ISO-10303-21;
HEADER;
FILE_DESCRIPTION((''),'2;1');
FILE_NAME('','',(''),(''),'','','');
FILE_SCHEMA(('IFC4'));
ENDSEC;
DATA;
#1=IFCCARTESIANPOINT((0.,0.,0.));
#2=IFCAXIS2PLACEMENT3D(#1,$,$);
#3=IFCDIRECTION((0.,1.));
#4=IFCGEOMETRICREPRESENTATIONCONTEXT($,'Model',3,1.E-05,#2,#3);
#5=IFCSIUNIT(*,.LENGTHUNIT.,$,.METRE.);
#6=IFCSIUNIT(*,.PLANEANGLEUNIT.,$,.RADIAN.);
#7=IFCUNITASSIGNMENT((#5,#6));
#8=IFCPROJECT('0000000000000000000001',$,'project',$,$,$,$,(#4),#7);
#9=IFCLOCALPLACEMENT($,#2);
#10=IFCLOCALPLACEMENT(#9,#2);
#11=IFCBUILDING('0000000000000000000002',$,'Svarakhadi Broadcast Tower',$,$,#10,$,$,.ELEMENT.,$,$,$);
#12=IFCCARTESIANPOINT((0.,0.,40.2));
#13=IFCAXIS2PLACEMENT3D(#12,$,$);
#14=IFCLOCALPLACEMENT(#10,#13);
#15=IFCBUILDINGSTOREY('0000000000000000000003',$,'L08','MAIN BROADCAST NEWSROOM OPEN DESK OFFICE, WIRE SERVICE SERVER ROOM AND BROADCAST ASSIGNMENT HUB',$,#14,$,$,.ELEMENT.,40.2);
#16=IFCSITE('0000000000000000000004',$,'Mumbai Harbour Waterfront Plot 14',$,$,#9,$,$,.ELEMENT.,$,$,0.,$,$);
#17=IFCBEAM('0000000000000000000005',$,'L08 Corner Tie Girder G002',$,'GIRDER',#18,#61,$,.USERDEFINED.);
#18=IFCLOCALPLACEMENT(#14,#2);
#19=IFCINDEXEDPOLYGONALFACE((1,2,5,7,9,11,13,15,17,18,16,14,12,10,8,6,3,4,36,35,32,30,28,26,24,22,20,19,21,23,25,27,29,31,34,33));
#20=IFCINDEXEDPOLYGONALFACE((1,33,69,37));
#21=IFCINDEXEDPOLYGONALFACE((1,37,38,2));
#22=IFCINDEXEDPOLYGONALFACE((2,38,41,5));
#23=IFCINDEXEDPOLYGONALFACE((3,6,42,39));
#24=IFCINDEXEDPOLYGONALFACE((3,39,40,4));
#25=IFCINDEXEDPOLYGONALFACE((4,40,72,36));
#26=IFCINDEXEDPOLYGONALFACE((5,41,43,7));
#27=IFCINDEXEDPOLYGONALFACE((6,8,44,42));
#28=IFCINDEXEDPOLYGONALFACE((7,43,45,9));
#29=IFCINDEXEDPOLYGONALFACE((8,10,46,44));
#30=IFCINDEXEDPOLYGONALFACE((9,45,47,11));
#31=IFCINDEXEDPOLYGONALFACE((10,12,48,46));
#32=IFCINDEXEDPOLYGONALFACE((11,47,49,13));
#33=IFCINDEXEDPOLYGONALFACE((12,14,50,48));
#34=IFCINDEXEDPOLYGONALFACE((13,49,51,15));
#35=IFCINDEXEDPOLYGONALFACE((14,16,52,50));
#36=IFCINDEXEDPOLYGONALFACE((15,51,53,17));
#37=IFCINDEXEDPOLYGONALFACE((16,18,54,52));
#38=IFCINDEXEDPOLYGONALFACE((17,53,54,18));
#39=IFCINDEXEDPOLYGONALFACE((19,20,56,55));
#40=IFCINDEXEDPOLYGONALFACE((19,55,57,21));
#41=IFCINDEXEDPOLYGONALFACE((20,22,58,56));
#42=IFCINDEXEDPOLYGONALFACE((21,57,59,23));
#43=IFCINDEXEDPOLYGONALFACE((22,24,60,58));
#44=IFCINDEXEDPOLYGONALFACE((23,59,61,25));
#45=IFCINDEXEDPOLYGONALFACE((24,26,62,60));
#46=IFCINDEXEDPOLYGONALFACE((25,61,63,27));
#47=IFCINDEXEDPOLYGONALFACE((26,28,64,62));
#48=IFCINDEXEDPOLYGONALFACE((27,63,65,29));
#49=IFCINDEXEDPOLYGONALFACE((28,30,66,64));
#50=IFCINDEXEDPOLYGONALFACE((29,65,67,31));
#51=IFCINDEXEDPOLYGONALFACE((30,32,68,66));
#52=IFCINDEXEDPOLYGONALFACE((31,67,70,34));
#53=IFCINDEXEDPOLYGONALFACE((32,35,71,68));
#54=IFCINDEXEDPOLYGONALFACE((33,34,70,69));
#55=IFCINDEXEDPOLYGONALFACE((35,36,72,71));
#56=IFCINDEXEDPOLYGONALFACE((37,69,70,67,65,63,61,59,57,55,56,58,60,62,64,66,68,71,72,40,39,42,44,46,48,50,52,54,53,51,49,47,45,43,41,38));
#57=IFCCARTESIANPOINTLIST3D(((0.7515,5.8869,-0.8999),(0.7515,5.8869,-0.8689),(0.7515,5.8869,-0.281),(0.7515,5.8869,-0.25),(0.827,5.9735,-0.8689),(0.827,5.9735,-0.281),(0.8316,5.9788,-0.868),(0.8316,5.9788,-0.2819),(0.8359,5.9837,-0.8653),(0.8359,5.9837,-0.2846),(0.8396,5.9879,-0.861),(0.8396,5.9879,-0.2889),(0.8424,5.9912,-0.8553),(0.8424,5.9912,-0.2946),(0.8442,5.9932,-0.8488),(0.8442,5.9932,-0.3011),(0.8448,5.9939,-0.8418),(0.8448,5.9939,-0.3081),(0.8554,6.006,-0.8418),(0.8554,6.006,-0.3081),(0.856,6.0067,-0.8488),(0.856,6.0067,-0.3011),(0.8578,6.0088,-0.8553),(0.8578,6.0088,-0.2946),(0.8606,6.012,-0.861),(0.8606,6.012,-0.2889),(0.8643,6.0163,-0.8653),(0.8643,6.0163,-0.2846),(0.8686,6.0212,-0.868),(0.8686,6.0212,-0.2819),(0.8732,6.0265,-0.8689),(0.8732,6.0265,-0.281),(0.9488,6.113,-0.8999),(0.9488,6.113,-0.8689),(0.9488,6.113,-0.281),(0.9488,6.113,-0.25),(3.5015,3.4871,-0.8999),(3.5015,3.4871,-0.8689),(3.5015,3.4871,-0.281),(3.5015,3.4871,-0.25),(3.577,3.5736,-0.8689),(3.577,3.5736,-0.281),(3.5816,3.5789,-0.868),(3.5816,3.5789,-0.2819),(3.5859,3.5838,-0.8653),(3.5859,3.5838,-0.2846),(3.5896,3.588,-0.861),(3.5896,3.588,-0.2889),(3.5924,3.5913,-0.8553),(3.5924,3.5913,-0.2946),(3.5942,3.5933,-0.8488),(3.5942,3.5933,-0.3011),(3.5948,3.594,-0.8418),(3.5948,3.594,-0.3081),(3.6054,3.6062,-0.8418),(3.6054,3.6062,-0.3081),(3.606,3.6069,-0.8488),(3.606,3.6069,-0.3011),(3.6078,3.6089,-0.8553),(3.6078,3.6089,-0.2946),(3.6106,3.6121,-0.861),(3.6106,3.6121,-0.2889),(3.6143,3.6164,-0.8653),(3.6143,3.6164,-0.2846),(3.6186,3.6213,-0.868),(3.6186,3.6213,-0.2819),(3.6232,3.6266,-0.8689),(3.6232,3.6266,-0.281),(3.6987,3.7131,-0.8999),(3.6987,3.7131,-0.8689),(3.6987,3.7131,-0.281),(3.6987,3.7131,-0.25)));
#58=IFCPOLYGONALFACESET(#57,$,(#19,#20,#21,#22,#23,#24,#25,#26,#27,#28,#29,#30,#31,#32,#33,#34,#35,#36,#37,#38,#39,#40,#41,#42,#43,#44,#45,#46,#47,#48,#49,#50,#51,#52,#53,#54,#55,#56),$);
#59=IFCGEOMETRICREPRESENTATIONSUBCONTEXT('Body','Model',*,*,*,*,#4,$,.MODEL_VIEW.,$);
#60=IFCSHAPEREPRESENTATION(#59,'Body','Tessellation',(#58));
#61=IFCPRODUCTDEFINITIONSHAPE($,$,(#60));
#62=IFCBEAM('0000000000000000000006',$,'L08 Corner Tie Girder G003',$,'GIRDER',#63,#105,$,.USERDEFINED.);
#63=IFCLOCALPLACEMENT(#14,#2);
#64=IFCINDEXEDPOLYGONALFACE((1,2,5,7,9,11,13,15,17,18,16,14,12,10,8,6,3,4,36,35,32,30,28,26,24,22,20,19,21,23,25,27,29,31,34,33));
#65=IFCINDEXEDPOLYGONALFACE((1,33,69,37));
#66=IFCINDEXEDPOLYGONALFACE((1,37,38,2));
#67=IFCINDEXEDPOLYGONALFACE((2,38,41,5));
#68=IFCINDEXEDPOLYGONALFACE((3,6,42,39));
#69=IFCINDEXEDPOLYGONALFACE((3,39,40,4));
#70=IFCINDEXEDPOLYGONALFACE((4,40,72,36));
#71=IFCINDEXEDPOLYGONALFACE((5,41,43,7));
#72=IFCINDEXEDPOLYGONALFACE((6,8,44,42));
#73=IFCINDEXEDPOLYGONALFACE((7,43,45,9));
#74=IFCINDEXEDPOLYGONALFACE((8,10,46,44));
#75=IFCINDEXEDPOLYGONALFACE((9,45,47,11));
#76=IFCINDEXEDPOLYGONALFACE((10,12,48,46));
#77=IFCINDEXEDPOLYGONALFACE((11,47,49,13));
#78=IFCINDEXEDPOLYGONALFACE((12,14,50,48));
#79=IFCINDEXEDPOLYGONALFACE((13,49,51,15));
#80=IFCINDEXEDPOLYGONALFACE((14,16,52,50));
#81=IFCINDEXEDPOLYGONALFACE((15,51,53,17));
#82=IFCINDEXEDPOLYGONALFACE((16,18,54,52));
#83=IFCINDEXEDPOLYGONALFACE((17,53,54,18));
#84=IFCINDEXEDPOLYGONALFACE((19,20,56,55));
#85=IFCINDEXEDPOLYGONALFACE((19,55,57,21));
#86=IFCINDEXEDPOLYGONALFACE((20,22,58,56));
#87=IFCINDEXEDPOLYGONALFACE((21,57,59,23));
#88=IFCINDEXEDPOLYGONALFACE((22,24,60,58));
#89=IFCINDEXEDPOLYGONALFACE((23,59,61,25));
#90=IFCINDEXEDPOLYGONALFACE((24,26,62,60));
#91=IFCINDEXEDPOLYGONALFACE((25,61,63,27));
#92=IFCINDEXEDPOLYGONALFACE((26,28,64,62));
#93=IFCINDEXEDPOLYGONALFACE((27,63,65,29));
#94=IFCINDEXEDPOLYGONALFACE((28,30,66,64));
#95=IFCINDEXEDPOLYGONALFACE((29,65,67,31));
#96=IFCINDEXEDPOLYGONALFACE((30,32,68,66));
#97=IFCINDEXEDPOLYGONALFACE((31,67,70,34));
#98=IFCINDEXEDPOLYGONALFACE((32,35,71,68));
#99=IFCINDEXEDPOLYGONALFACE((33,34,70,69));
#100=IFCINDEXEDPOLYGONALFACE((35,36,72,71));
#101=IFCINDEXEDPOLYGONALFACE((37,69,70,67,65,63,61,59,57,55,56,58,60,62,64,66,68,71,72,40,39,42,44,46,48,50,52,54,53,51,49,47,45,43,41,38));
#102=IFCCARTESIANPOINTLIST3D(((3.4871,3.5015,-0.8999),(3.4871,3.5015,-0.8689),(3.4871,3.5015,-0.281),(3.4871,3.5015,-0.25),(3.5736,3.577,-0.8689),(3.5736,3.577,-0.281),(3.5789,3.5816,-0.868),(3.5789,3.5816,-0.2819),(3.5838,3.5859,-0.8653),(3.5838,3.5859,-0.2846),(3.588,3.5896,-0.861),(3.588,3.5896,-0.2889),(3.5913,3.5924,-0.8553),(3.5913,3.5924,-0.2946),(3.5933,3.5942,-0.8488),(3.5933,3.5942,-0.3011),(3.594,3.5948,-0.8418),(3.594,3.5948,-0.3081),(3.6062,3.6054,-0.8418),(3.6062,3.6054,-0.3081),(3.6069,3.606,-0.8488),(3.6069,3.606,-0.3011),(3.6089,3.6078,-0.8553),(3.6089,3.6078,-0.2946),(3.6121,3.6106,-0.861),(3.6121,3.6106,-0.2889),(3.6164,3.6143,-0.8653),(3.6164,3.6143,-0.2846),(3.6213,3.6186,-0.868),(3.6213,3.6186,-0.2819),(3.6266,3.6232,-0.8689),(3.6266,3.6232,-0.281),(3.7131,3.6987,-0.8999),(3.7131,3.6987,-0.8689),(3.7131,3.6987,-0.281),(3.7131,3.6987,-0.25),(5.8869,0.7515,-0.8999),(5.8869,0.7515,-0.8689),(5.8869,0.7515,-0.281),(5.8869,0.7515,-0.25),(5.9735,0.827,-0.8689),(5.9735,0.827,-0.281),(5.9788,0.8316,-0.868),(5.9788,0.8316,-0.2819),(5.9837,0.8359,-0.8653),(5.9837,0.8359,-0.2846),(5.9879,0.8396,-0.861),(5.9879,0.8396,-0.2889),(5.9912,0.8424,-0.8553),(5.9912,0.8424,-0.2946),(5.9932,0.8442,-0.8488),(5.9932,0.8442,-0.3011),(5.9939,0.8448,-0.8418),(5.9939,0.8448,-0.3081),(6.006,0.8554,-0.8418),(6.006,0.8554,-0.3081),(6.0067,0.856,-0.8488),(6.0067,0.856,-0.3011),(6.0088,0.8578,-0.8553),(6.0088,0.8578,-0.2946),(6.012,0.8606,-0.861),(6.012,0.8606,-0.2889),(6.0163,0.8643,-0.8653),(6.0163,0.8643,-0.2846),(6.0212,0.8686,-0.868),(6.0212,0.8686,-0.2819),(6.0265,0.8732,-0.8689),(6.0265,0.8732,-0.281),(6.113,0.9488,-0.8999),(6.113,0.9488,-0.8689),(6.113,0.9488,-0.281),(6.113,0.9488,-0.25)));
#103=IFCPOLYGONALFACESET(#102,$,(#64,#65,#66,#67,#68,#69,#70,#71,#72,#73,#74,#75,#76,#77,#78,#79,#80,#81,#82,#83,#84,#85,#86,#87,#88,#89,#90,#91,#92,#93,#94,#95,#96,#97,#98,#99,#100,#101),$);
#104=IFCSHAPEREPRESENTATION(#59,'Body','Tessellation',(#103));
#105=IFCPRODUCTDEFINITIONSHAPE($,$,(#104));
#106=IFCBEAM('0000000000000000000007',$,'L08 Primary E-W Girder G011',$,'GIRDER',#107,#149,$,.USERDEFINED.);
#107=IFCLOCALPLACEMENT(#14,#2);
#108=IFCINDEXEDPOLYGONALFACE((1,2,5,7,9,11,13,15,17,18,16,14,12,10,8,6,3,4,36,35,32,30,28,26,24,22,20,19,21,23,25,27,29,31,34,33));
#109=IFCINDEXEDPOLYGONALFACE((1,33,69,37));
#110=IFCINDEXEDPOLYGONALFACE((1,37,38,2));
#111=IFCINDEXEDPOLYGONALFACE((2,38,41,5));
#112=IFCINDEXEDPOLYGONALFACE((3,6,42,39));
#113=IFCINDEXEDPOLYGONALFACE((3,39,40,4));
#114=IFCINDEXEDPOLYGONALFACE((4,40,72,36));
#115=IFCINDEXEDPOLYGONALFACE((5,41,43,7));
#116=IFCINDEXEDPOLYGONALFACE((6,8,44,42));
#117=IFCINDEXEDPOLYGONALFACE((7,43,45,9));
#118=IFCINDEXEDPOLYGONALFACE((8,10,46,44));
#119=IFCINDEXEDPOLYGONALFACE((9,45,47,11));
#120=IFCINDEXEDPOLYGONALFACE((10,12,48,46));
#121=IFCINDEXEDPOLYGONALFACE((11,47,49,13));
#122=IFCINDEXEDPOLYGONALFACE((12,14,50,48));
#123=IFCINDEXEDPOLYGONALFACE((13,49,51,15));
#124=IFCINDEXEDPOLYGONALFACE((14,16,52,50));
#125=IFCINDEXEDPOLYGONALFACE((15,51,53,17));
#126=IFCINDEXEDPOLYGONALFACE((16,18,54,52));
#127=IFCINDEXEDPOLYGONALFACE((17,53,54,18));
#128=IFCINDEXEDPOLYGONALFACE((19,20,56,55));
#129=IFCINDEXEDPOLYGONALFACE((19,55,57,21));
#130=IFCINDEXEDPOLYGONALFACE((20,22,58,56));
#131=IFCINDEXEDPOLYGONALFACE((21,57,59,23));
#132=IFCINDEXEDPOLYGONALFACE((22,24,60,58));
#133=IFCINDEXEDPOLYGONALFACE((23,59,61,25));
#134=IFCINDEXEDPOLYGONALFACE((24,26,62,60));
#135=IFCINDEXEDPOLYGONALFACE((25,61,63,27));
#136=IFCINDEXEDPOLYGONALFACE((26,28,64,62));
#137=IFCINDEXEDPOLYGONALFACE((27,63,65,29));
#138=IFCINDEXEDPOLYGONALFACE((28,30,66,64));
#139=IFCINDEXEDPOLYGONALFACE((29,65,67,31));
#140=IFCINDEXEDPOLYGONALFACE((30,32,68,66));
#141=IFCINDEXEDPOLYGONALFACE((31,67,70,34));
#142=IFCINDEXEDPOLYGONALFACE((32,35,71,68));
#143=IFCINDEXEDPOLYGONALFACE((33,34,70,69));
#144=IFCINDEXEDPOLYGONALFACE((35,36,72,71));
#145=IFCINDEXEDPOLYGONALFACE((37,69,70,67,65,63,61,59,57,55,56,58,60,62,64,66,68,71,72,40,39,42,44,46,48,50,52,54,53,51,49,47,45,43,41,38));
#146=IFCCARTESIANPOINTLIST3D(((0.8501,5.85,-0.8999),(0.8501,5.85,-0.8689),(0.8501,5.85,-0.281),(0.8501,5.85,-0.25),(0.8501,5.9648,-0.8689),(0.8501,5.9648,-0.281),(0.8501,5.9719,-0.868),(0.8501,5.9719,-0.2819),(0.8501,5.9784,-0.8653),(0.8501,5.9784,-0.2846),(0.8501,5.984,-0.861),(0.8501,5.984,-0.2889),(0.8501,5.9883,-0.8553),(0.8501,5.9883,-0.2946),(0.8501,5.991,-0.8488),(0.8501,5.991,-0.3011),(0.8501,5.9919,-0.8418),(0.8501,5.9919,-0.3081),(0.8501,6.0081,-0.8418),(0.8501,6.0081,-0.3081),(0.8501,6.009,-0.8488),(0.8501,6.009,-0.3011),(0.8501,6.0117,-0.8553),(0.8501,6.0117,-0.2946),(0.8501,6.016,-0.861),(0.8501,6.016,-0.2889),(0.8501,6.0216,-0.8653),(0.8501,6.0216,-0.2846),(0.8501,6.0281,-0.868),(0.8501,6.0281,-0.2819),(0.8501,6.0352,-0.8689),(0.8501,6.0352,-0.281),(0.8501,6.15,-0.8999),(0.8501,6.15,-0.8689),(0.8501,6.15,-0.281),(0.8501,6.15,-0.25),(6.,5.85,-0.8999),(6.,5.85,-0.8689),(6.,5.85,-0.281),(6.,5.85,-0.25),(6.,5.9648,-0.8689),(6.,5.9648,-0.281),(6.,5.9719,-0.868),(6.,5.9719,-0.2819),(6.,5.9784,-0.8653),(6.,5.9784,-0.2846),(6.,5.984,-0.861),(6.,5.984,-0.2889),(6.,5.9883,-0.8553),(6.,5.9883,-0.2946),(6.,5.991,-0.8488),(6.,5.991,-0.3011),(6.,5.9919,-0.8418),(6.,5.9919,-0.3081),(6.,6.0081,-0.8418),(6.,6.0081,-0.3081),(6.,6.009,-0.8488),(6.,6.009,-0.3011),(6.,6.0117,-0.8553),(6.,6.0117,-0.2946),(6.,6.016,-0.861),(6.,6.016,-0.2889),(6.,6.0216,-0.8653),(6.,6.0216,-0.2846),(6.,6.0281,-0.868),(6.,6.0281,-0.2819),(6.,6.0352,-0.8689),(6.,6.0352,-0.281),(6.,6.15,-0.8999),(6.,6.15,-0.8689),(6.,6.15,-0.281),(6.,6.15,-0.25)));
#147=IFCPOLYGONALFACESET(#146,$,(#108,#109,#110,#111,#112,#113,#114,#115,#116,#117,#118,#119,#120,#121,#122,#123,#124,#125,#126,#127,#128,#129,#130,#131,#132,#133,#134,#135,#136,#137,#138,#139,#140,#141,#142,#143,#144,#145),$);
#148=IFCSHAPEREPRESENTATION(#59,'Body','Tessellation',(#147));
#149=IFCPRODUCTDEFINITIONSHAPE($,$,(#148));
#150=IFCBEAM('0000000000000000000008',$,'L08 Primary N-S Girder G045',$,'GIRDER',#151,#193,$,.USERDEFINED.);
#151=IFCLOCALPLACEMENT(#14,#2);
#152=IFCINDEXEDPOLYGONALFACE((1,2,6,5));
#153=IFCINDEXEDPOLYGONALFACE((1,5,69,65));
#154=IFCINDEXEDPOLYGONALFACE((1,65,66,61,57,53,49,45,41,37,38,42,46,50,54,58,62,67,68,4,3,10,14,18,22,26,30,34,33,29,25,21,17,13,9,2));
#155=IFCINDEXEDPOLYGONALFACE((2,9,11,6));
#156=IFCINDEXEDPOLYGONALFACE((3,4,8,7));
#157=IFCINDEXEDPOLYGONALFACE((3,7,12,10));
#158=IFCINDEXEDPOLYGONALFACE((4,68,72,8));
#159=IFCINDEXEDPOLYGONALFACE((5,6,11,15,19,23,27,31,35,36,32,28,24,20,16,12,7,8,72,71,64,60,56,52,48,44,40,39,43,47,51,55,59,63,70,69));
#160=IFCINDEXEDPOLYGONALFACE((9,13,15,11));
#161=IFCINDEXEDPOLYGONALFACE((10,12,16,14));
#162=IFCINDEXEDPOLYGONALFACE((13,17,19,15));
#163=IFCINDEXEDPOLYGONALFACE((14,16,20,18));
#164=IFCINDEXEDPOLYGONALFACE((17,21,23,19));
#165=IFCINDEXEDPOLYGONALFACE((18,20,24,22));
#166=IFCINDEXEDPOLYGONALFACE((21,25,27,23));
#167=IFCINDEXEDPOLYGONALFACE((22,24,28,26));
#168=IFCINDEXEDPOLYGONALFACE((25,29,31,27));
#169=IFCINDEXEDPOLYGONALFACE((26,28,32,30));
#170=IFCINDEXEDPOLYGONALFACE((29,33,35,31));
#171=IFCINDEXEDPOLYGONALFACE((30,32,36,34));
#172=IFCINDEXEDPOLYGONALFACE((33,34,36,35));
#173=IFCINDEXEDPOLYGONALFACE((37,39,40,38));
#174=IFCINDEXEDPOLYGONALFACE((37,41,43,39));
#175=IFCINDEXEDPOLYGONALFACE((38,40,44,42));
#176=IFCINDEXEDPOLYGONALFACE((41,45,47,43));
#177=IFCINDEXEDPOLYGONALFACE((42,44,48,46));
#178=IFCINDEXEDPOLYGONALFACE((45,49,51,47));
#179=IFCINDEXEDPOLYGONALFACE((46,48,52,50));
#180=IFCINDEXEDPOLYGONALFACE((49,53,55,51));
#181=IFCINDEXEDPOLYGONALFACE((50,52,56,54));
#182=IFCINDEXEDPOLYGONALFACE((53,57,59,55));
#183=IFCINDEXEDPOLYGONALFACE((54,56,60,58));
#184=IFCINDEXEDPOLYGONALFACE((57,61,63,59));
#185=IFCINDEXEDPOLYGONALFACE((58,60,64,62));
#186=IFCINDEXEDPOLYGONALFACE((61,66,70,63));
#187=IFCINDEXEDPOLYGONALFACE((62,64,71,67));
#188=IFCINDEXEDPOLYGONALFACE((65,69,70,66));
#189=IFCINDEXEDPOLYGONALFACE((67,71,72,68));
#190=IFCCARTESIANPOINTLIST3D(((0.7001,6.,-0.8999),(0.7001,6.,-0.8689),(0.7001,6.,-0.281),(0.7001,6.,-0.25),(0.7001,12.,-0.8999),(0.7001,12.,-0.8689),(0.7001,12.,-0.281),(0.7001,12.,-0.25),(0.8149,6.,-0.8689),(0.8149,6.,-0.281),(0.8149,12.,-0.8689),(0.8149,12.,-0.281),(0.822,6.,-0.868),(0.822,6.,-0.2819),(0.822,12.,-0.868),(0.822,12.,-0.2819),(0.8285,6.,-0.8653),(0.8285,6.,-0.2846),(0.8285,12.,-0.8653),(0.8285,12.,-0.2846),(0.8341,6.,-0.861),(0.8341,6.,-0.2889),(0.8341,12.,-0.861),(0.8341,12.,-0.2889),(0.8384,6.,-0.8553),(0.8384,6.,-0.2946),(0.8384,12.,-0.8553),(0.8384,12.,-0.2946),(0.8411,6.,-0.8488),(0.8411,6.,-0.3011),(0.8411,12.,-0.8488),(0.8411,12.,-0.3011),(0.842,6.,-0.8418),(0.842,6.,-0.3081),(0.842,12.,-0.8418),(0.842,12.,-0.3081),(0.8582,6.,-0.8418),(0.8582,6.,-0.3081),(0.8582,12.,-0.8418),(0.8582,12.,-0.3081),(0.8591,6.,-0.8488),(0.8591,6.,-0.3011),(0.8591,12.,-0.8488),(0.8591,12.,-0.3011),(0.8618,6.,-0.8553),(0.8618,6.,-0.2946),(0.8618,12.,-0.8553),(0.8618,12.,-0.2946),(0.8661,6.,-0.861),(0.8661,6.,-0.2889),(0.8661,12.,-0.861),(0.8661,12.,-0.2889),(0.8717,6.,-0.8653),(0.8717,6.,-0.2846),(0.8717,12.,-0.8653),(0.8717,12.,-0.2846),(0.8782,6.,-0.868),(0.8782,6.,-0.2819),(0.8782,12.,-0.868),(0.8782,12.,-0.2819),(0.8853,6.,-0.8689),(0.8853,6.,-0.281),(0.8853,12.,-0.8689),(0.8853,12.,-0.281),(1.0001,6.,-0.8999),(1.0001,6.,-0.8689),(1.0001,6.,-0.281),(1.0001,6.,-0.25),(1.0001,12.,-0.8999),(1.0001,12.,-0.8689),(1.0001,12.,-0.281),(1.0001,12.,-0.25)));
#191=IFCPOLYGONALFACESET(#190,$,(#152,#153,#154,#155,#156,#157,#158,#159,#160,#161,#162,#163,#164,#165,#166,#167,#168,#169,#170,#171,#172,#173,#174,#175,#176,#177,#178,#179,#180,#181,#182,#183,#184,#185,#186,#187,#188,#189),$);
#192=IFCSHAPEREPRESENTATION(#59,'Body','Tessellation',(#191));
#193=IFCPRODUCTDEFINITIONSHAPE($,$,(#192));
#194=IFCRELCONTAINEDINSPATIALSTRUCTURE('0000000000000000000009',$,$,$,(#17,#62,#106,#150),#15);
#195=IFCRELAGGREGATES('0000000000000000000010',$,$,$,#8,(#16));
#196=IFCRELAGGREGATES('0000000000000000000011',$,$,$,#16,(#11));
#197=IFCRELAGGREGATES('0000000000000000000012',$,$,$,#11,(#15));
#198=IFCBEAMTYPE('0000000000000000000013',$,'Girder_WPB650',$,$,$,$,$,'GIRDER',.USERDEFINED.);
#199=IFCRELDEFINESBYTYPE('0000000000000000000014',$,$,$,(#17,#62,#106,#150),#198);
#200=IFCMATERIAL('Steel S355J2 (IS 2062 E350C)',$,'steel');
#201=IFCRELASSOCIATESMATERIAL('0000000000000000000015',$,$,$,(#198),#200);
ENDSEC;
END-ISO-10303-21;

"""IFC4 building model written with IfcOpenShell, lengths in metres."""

from ifc_helpers import new_model, si_unit, direction, frame, origin, origin_2d, place, context, subcontext, project, spatial, i_section, extrude, material, material_profile, profile_set, type_object, element, save


model = new_model("IFC4")

# Units and contexts
model_context = context("Model", 3, precision=1e-05, world=origin(), true_north=direction((0.0, 1.0)))
body_context = subcontext(model_context, "Body", "Model", "MODEL_VIEW")
ifc_project = project(units=[si_unit("LENGTHUNIT", "METRE"), si_unit("PLANEANGLEUNIT", "RADIAN")], contexts=[model_context])

# Site, building, storey
site_placement = place(None, origin())
site = spatial("IfcSite", under=ifc_project, at=site_placement, Name="Mumbai Harbour Waterfront Plot 14", CompositionType="ELEMENT", RefElevation=0.0)
building_placement = place(site_placement, origin())
building = spatial("IfcBuilding", under=site, at=building_placement, Name="Svarakhadi Broadcast Tower", CompositionType="ELEMENT")
storey_placement = place(building_placement, frame((0.0, 0.0, 40.2)))
storey = spatial("IfcBuildingStorey", under=building, at=storey_placement, Name="L08", Description="MAIN BROADCAST NEWSROOM OPEN DESK OFFICE, WIRE SERVICE SERVER ROOM AND BROADCAST ASSIGNMENT HUB", CompositionType="ELEMENT", Elevation=40.2)

# Beams
ifc_material_1 = material(Name="Steel S355J2 (IS 2062 E350C)", Category="steel")
ifc_material_profile_1 = material_profile(ifc_material_1, i_section(OverallWidth=0.3, OverallDepth=0.6499, WebThickness=0.0161, FlangeThickness=0.031, FilletRadius=0.0271, at=origin_2d()), Name="WPB 650x300x225")
ifc_profile_set_1 = profile_set([ifc_material_profile_1], Name="Steel S355J2 (IS 2062 E350C)")
beam_type = type_object("IfcBeamType", Name="Girder_WPB650", ElementType="GIRDER", PredefinedType="USERDEFINED", material=ifc_profile_set_1)
for number, where, z_axis, x_axis, name in (
    (1, (3.6001, 3.6001, -0.575), (-0.753438, 0.657519, 0.0), (-0.657519, -0.753438, 0.0), "L08 Corner Tie Girder G002"),
    (2, (3.6001, 3.6001, -0.575), (0.657519, -0.753438, 0.0), (0.753438, 0.657519, 0.0), "L08 Corner Tie Girder G003"),
):
    element("IfcBeam", number, at=place(storey_placement, frame(where, z_axis=z_axis, x_axis=x_axis)), inside=storey, type_object=beam_type, Name=name, ObjectType="GIRDER", PredefinedType="USERDEFINED", context=body_context, shape_type="SweptSolid", body=[
        extrude(i_section(OverallWidth=0.3, OverallDepth=0.6499, WebThickness=0.0161, FlangeThickness=0.031, FilletRadius=0.0271, at=origin_2d()), origin(), (0.0, 0.0, 1.0), 3.6499),
    ])
beam_1_placement = place(storey_placement, frame((0.8501, 6.0, -0.575), z_axis=(1.0, 0.0, 0.0), x_axis=(0.0, 1.0, 0.0)))
element("IfcBeam", 3, at=beam_1_placement, inside=storey, type_object=beam_type, Name="L08 Primary E-W Girder G011", ObjectType="GIRDER", PredefinedType="USERDEFINED", context=body_context, shape_type="SweptSolid", body=[
    extrude(i_section(OverallWidth=0.3, OverallDepth=0.6499, WebThickness=0.0161, FlangeThickness=0.031, FilletRadius=0.0271, at=origin_2d()), origin(), (0.0, 0.0, 1.0), 5.1499),
])
beam_2_placement = place(storey_placement, frame((0.8501, 6.0, -0.575), z_axis=(0.0, 1.0, 0.0), x_axis=(-1.0, 0.0, 0.0)))
element("IfcBeam", 4, at=beam_2_placement, inside=storey, type_object=beam_type, Name="L08 Primary N-S Girder G045", ObjectType="GIRDER", PredefinedType="USERDEFINED", context=body_context, shape_type="SweptSolid", body=[
    extrude(i_section(OverallWidth=0.3, OverallDepth=0.6499, WebThickness=0.0161, FlangeThickness=0.031, FilletRadius=0.0271, at=origin_2d()), origin(), (0.0, 0.0, 1.0), 6.0),
])

save(model, "model.ifc")
